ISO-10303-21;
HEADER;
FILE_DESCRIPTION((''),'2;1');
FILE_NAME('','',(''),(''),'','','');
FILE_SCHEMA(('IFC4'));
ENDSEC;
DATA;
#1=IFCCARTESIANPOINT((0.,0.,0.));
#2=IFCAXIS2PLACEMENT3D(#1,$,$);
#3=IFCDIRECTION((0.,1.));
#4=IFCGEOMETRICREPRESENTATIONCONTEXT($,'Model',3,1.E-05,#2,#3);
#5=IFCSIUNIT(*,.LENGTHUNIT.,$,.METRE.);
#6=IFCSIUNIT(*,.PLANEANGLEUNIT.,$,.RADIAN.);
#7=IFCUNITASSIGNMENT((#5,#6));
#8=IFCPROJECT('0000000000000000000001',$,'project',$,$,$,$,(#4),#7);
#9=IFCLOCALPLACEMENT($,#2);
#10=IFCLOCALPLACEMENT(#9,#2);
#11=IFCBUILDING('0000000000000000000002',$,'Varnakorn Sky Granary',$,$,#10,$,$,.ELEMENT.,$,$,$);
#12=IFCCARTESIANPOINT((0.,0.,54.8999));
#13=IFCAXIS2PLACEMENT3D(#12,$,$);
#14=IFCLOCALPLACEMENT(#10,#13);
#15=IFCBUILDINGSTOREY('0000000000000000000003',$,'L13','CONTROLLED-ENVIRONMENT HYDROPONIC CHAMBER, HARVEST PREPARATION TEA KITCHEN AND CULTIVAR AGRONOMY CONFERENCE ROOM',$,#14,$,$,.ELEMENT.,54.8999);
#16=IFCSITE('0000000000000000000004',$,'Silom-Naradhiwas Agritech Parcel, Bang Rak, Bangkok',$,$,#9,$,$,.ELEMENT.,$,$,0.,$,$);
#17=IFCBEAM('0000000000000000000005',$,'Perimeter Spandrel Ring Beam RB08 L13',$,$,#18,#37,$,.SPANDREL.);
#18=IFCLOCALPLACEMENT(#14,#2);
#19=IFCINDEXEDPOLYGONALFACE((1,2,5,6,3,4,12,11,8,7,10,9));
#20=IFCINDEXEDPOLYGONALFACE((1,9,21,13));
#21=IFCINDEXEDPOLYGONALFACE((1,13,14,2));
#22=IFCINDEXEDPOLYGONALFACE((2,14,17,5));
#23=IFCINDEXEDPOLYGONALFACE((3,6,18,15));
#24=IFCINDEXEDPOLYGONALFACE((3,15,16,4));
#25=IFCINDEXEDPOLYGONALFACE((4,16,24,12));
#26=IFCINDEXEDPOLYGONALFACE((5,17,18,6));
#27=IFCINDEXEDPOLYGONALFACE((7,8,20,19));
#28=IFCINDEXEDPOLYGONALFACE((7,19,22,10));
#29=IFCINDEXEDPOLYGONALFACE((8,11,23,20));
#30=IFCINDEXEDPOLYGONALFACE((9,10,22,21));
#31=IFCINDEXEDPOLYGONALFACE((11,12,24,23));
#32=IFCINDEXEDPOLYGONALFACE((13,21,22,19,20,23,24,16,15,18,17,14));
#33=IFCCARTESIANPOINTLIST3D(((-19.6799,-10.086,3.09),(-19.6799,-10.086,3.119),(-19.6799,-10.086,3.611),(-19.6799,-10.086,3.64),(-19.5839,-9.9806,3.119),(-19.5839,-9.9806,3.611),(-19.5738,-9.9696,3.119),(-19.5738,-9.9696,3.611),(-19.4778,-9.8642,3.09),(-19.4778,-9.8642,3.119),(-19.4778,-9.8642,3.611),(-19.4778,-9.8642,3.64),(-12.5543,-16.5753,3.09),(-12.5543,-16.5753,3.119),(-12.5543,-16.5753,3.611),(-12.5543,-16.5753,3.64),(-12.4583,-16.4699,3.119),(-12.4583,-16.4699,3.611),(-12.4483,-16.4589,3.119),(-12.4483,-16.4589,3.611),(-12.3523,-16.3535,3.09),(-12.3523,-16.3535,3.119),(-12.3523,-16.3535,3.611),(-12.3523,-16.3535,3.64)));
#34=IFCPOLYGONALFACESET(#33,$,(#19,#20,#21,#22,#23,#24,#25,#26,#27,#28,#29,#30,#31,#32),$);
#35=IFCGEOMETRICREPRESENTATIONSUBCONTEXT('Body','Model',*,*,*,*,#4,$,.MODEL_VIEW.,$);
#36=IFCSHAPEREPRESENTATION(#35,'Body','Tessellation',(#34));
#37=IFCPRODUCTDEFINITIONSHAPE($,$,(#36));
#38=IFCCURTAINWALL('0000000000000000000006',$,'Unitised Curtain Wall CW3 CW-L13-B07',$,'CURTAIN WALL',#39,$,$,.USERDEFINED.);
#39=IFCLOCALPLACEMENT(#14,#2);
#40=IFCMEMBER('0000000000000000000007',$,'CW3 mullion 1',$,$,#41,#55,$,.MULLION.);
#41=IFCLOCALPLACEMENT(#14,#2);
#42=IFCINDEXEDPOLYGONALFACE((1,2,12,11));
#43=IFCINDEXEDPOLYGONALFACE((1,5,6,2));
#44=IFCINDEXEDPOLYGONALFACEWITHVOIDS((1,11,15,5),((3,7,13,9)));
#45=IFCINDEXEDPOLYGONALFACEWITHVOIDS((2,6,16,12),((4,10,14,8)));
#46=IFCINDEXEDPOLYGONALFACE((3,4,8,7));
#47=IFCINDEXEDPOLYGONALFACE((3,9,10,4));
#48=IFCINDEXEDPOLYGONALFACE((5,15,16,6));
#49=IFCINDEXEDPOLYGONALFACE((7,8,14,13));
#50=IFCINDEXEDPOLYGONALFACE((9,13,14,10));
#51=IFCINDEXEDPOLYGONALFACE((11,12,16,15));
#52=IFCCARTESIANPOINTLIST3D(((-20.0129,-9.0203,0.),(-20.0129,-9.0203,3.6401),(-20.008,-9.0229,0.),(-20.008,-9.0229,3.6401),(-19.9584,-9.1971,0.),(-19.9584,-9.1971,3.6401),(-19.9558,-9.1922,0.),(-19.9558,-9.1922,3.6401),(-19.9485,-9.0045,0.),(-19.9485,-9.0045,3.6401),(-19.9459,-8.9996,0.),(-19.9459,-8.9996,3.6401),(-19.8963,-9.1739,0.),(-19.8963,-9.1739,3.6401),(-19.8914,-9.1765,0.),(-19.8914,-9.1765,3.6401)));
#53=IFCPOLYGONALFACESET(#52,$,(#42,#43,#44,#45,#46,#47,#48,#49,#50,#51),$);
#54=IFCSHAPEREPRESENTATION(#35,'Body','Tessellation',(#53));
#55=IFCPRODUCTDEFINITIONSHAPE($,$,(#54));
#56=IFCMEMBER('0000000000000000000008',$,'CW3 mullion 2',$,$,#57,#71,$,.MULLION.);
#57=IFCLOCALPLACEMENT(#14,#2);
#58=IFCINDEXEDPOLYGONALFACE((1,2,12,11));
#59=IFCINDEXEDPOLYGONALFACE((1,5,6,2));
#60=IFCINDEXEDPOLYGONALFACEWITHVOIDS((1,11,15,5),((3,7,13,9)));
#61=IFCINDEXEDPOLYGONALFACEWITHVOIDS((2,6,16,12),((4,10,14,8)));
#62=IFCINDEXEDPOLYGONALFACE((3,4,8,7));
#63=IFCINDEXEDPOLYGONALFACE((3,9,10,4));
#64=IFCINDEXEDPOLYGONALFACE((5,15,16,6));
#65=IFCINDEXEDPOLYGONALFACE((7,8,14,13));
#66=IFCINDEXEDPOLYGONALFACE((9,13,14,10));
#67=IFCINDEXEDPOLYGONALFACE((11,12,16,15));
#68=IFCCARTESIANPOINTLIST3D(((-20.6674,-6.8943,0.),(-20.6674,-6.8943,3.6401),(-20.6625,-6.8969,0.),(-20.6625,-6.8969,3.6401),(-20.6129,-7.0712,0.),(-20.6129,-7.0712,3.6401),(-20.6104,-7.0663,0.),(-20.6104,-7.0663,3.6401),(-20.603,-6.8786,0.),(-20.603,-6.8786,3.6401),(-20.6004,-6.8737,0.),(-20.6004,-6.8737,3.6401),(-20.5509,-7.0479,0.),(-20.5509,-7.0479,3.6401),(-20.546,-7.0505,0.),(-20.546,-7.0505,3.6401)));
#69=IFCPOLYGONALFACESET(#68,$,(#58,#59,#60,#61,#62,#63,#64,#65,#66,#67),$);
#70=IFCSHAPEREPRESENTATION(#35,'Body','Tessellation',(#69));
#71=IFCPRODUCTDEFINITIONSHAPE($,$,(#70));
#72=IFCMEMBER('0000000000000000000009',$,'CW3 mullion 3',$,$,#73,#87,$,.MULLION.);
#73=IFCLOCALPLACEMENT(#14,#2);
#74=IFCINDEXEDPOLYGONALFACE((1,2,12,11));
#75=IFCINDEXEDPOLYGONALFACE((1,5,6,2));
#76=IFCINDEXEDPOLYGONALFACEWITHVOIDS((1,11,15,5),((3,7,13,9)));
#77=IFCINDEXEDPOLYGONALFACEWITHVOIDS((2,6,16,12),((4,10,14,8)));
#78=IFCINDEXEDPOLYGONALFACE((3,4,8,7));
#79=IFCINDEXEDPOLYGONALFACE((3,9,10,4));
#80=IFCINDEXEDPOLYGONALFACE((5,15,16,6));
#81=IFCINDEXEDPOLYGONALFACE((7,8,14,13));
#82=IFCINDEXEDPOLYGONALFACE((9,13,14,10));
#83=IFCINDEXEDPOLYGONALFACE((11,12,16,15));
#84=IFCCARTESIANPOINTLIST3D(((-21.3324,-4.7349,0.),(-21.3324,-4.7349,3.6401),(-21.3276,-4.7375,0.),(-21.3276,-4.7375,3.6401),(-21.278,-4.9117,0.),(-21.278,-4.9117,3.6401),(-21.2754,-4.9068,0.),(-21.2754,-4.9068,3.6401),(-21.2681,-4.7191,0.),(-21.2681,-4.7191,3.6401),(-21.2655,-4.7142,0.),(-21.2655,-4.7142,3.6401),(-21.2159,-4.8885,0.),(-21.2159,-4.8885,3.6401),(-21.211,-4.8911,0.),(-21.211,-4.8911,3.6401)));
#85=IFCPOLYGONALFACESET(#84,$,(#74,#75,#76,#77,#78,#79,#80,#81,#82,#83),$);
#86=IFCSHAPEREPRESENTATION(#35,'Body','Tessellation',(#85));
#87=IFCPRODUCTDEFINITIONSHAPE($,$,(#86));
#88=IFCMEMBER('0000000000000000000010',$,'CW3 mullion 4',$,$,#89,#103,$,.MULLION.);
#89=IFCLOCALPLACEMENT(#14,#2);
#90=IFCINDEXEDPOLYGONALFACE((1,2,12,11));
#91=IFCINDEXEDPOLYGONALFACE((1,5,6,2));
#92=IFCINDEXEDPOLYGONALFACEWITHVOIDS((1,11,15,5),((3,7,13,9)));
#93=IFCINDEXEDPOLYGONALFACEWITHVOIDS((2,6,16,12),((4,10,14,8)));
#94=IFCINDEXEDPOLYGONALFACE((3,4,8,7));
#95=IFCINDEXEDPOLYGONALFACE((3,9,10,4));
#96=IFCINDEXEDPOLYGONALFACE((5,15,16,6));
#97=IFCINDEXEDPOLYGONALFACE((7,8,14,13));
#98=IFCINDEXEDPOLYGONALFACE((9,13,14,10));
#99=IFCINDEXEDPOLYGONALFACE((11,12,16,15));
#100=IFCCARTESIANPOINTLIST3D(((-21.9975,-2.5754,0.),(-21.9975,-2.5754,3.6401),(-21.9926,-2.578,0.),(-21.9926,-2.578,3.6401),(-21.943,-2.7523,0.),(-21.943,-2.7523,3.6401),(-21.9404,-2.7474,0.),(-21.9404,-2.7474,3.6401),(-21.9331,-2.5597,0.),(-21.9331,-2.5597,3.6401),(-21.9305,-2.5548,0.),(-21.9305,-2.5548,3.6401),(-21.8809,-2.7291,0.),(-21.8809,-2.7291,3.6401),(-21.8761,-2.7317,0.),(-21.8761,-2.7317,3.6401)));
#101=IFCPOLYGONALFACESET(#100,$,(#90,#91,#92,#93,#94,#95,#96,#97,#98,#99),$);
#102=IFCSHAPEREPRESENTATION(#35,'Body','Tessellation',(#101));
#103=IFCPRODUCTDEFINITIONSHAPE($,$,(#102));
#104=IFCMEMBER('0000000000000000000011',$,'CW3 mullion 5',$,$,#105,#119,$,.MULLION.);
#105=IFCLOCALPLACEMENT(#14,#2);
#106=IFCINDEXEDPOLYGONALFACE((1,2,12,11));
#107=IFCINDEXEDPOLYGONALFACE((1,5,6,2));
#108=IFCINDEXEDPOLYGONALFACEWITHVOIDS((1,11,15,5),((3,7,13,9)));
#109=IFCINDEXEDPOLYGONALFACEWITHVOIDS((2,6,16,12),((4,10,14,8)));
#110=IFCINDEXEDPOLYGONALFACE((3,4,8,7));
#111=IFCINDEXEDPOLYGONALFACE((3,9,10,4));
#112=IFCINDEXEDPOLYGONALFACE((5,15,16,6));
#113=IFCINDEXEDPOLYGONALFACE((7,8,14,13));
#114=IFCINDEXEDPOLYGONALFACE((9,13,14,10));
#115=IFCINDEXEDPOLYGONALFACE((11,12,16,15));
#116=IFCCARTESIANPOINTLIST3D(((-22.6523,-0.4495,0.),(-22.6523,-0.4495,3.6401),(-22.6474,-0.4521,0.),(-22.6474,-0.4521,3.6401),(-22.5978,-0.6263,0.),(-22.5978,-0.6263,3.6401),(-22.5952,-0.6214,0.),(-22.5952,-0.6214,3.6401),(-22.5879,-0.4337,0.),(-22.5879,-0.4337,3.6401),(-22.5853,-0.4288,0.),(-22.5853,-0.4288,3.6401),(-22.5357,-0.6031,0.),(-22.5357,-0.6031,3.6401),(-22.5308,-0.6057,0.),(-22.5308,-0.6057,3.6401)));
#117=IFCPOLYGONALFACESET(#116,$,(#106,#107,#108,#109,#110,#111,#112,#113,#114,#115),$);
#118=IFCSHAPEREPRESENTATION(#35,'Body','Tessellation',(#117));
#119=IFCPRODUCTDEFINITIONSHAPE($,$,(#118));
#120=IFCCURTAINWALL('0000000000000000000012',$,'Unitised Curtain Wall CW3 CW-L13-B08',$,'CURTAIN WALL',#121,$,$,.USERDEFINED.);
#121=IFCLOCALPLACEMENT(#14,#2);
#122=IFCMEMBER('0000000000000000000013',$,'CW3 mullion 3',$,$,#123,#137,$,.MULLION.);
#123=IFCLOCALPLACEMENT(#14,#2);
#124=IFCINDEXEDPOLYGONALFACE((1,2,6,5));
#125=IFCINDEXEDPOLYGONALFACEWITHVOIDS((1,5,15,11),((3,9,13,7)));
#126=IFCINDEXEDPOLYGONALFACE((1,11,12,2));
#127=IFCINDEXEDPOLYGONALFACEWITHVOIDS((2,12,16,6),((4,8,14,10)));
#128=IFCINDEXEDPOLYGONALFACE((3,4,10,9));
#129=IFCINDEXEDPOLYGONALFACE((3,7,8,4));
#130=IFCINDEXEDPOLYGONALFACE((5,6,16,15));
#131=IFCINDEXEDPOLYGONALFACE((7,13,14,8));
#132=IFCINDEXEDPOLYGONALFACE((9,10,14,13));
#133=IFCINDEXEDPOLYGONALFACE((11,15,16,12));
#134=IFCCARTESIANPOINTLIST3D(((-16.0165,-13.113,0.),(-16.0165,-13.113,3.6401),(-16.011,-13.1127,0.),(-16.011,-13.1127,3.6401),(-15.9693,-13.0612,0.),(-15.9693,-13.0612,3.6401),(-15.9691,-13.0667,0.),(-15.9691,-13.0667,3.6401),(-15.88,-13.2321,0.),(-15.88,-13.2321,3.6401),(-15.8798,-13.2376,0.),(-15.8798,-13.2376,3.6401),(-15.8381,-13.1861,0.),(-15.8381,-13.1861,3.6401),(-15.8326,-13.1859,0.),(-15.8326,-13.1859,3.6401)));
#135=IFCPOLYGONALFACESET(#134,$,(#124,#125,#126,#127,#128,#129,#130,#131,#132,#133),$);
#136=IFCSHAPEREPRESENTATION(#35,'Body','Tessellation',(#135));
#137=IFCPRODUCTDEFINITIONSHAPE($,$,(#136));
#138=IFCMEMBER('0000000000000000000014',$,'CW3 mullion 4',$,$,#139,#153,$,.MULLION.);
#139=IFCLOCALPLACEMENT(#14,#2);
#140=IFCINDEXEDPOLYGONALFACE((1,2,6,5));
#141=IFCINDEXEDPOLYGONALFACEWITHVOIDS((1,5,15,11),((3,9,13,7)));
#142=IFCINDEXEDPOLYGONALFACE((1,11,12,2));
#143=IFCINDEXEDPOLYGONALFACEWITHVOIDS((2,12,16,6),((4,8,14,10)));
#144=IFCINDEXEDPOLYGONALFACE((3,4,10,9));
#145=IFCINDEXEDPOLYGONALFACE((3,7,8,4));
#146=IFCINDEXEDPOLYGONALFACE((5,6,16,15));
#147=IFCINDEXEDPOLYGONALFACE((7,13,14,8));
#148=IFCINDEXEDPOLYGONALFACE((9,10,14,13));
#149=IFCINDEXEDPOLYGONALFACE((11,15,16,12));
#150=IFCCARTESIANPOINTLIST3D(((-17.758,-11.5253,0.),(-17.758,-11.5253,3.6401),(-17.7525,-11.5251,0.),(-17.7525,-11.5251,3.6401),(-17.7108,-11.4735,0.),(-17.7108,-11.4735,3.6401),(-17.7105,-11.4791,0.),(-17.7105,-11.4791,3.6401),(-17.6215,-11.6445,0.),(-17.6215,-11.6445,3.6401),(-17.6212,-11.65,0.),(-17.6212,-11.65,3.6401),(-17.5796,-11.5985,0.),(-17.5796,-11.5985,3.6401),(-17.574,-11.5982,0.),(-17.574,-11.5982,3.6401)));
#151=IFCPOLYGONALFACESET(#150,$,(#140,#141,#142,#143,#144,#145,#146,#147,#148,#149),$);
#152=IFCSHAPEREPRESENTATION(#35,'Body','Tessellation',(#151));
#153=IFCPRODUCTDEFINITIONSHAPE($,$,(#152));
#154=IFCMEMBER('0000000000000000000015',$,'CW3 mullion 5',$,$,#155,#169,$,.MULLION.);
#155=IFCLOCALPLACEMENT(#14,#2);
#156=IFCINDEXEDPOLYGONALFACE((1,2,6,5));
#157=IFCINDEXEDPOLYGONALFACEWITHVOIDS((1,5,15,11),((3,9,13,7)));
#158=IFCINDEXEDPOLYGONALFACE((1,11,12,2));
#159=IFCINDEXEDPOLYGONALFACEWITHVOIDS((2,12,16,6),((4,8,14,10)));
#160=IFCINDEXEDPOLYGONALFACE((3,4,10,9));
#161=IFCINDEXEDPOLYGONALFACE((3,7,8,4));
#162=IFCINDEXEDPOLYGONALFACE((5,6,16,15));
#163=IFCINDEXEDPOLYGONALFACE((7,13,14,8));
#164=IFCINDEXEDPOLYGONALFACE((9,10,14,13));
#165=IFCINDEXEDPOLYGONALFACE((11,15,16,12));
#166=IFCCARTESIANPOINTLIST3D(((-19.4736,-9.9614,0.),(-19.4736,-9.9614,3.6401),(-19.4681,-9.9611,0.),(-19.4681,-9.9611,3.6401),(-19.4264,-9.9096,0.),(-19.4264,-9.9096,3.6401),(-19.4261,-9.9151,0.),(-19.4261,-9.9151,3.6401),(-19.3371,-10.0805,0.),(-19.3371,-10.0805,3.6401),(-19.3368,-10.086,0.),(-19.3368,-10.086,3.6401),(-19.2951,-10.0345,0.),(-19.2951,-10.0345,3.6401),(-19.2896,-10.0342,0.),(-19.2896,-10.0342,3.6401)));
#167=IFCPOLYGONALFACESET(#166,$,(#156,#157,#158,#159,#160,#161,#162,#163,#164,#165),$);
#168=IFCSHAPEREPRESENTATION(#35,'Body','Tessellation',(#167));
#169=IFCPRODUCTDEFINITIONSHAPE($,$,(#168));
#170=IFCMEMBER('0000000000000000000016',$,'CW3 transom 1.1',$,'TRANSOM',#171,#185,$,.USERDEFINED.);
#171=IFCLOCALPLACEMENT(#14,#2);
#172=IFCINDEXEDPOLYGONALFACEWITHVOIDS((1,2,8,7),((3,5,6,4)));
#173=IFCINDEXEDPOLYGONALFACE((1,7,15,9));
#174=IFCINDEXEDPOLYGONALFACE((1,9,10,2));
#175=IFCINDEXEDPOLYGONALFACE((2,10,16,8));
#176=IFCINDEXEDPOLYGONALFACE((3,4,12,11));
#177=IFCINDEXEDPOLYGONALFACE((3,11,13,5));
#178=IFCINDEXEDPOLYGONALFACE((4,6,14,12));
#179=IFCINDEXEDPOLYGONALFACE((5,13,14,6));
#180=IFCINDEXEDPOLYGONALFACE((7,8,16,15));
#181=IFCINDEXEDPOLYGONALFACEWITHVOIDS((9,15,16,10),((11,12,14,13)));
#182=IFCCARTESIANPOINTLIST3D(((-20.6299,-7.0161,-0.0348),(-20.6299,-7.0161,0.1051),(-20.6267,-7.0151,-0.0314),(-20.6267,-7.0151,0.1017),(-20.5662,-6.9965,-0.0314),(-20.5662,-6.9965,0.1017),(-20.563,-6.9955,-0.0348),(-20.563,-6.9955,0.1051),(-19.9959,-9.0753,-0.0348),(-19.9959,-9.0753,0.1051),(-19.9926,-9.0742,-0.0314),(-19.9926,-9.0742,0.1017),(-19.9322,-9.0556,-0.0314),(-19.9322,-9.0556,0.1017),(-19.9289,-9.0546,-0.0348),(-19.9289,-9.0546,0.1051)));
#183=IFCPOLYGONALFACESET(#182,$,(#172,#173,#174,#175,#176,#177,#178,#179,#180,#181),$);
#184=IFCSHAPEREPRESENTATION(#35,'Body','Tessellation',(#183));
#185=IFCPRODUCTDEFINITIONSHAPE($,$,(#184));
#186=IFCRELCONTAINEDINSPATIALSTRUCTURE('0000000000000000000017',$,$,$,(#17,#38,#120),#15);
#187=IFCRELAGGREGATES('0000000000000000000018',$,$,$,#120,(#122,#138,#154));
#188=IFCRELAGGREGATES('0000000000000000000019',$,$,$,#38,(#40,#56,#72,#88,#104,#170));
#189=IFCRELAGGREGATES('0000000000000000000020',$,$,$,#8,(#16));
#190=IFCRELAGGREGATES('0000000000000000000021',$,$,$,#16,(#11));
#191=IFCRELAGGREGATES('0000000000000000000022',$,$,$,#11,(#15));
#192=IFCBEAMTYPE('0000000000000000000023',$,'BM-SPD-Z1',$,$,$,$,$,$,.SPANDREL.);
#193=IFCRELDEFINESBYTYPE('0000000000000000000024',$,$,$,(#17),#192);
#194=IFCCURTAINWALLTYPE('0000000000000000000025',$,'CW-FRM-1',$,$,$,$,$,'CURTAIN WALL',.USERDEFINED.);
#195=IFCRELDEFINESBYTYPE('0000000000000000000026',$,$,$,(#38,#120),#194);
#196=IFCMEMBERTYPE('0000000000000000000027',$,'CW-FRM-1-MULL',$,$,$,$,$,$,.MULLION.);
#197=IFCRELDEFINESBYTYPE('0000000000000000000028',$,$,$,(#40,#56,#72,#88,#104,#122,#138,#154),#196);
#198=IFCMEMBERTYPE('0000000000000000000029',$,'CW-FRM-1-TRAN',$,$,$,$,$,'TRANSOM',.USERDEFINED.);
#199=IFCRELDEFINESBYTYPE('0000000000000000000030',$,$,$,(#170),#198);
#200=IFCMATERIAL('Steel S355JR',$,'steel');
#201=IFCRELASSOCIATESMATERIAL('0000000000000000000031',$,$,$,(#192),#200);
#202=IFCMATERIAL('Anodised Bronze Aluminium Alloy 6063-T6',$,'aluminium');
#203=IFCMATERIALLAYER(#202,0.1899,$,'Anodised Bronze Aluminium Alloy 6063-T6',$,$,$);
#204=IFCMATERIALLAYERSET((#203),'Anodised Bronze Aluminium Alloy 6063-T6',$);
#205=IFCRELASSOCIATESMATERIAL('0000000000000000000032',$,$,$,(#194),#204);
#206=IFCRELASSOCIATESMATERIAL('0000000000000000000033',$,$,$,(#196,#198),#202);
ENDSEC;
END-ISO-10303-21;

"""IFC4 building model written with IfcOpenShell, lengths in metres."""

from ifc_helpers import new_model, si_unit, direction, frame, origin, origin_2d, place, context, subcontext, project, spatial, hollow_rectangle, i_section, extrude, material, layer, layer_set, material_profile, profile_set, type_object, element, aggregate, save


model = new_model("IFC4")

# Units and contexts
model_context = context("Model", 3, precision=1e-05, world=origin(), true_north=direction((0.0, 1.0)))
body_context = subcontext(model_context, "Body", "Model", "MODEL_VIEW")
ifc_project = project(units=[si_unit("LENGTHUNIT", "METRE"), si_unit("PLANEANGLEUNIT", "RADIAN")], contexts=[model_context])

# Site, building, storey
site_placement = place(None, origin())
site = spatial("IfcSite", under=ifc_project, at=site_placement, Name="Silom-Naradhiwas Agritech Parcel, Bang Rak, Bangkok", CompositionType="ELEMENT", RefElevation=0.0)
building_placement = place(site_placement, origin())
building = spatial("IfcBuilding", under=site, at=building_placement, Name="Varnakorn Sky Granary", CompositionType="ELEMENT")
storey_placement = place(building_placement, frame((0.0, 0.0, 54.8999)))
storey = spatial("IfcBuildingStorey", under=building, at=storey_placement, Name="L13", Description="CONTROLLED-ENVIRONMENT HYDROPONIC CHAMBER, HARVEST PREPARATION TEA KITCHEN AND CULTIVAR AGRONOMY CONFERENCE ROOM", CompositionType="ELEMENT", Elevation=54.8999)

# Beam
ifc_material_1 = material(Name="Steel S355JR", Category="steel")
ifc_material_profile_1 = material_profile(ifc_material_1, i_section(OverallWidth=0.3, OverallDepth=0.55, WebThickness=0.0149, FlangeThickness=0.0291, at=origin_2d()), Name="HE 550 B")
ifc_profile_set_1 = profile_set([ifc_material_profile_1], Name="Steel S355JR")
beam_type = type_object("IfcBeamType", Name="BM-SPD-Z1", PredefinedType="SPANDREL", material=ifc_profile_set_1)
beam_1_placement = place(storey_placement, frame((-19.5789, -9.9751, 3.365), z_axis=(0.739344, -0.673328, 0.0), x_axis=(0.673328, 0.739344, 0.0)))
element("IfcBeam", 1, at=beam_1_placement, inside=storey, type_object=beam_type, Name="Perimeter Spandrel Ring Beam RB08 L13", PredefinedType="SPANDREL", context=body_context, shape_type="SweptSolid", body=[
    extrude(i_section(OverallWidth=0.3, OverallDepth=0.55, WebThickness=0.0149, FlangeThickness=0.0291, at=origin_2d()), origin(), (0.0, 0.0, 1.0), 9.6377),
])

# Curtain walls, members
ifc_material_2 = material(Name="Anodised Bronze Aluminium Alloy 6063-T6", Category="aluminium")
ifc_layer_1 = layer(ifc_material_2, 0.1899, Name="Anodised Bronze Aluminium Alloy 6063-T6")
ifc_layer_set_1 = layer_set([ifc_layer_1], Name="Anodised Bronze Aluminium Alloy 6063-T6")
curtain_wall_type = type_object("IfcCurtainWallType", Name="CW-FRM-1", ElementType="CURTAIN WALL", PredefinedType="USERDEFINED", material=ifc_layer_set_1)
curtain_wall_1_placement = place(storey_placement, origin())
curtain_wall_1 = element("IfcCurtainWall", 2, at=curtain_wall_1_placement, inside=storey, type_object=curtain_wall_type, Name="Unitised Curtain Wall CW3 CW-L13-B07", ObjectType="CURTAIN WALL", PredefinedType="USERDEFINED")
ifc_material_profile_2 = material_profile(ifc_material_2, hollow_rectangle(XDim=0.0701, YDim=0.1851, WallThickness=0.0039, at=origin_2d()), Name="ALU MULL 70x185")
ifc_profile_set_2 = profile_set([ifc_material_profile_2], Name="Anodised Bronze Aluminium Alloy 6063-T6")
member_type_1 = type_object("IfcMemberType", Name="CW-FRM-1-MULL", PredefinedType="MULLION", material=ifc_profile_set_2)
member_1_placement = place(storey_placement, frame((-19.9521, -9.0984, 0.0), z_axis=(0.0, 0.0, 1.0), x_axis=(-0.95571, -0.29431, 0.0)))
member_1 = element("IfcMember", 3, at=member_1_placement, type_object=member_type_1, Name="CW3 mullion 1", PredefinedType="MULLION", context=body_context, shape_type="SweptSolid", body=[
    extrude(hollow_rectangle(XDim=0.0701, YDim=0.1851, WallThickness=0.0039, at=origin_2d()), origin(), (0.0, 0.0, 1.0), 3.6401),
])
member_2_placement = place(storey_placement, frame((-20.6067, -6.9724, 0.0), z_axis=(0.0, 0.0, 1.0), x_axis=(-0.95571, -0.29431, 0.0)))
member_2 = element("IfcMember", 4, at=member_2_placement, type_object=member_type_1, Name="CW3 mullion 2", PredefinedType="MULLION", context=body_context, shape_type="SweptSolid", body=[
    extrude(hollow_rectangle(XDim=0.0701, YDim=0.1851, WallThickness=0.0039, at=origin_2d()), origin(), (0.0, 0.0, 1.0), 3.6401),
])
member_3_placement = place(storey_placement, frame((-21.2717, -4.813, 0.0), z_axis=(0.0, 0.0, 1.0), x_axis=(-0.95571, -0.29431, 0.0)))
member_3 = element("IfcMember", 5, at=member_3_placement, type_object=member_type_1, Name="CW3 mullion 3", PredefinedType="MULLION", context=body_context, shape_type="SweptSolid", body=[
    extrude(hollow_rectangle(XDim=0.0701, YDim=0.1851, WallThickness=0.0039, at=origin_2d()), origin(), (0.0, 0.0, 1.0), 3.6401),
])
member_4_placement = place(storey_placement, frame((-21.9368, -2.6536, 0.0), z_axis=(0.0, 0.0, 1.0), x_axis=(-0.95571, -0.29431, 0.0)))
member_4 = element("IfcMember", 6, at=member_4_placement, type_object=member_type_1, Name="CW3 mullion 4", PredefinedType="MULLION", context=body_context, shape_type="SweptSolid", body=[
    extrude(hollow_rectangle(XDim=0.0701, YDim=0.1851, WallThickness=0.0039, at=origin_2d()), origin(), (0.0, 0.0, 1.0), 3.6401),
])
member_5_placement = place(storey_placement, frame((-22.5916, -0.5276, 0.0), z_axis=(0.0, 0.0, 1.0), x_axis=(-0.95571, -0.29431, 0.0)))
member_5 = element("IfcMember", 7, at=member_5_placement, type_object=member_type_1, Name="CW3 mullion 5", PredefinedType="MULLION", context=body_context, shape_type="SweptSolid", body=[
    extrude(hollow_rectangle(XDim=0.0701, YDim=0.1851, WallThickness=0.0039, at=origin_2d()), origin(), (0.0, 0.0, 1.0), 3.6401),
])
curtain_wall_2_placement = place(storey_placement, origin())
curtain_wall_2 = element("IfcCurtainWall", 8, at=curtain_wall_2_placement, inside=storey, type_object=curtain_wall_type, Name="Unitised Curtain Wall CW3 CW-L13-B08", ObjectType="CURTAIN WALL", PredefinedType="USERDEFINED")
member_6_placement = place(storey_placement, frame((-15.9246, -13.1494, 0.0), z_axis=(0.0, 0.0, 1.0), x_axis=(-0.673687, -0.739017, 0.0)))
member_6 = element("IfcMember", 9, at=member_6_placement, type_object=member_type_1, Name="CW3 mullion 3", PredefinedType="MULLION", context=body_context, shape_type="SweptSolid", body=[
    extrude(hollow_rectangle(XDim=0.0701, YDim=0.1851, WallThickness=0.0039, at=origin_2d()), origin(), (0.0, 0.0, 1.0), 3.6401),
])
member_7_placement = place(storey_placement, frame((-17.666, -11.5618, 0.0), z_axis=(0.0, 0.0, 1.0), x_axis=(-0.673687, -0.739017, 0.0)))
member_7 = element("IfcMember", 10, at=member_7_placement, type_object=member_type_1, Name="CW3 mullion 4", PredefinedType="MULLION", context=body_context, shape_type="SweptSolid", body=[
    extrude(hollow_rectangle(XDim=0.0701, YDim=0.1851, WallThickness=0.0039, at=origin_2d()), origin(), (0.0, 0.0, 1.0), 3.6401),
])
member_8_placement = place(storey_placement, frame((-19.3816, -9.9978, 0.0), z_axis=(0.0, 0.0, 1.0), x_axis=(-0.673687, -0.739017, 0.0)))
member_8 = element("IfcMember", 11, at=member_8_placement, type_object=member_type_1, Name="CW3 mullion 5", PredefinedType="MULLION", context=body_context, shape_type="SweptSolid", body=[
    extrude(hollow_rectangle(XDim=0.0701, YDim=0.1851, WallThickness=0.0039, at=origin_2d()), origin(), (0.0, 0.0, 1.0), 3.6401),
])

# Member
ifc_material_profile_3 = material_profile(ifc_material_2, hollow_rectangle(XDim=0.0701, YDim=0.1399, WallThickness=0.0034, at=origin_2d()), Name="ALU TRAN 70x140")
ifc_profile_set_3 = profile_set([ifc_material_profile_3], Name="Anodised Bronze Aluminium Alloy 6063-T6")
member_type_2 = type_object("IfcMemberType", Name="CW-FRM-1-TRAN", ElementType="TRANSOM", PredefinedType="USERDEFINED", material=ifc_profile_set_3)
member_9_placement = place(storey_placement, frame((-19.9624, -9.0649, 0.0352), z_axis=(-0.294285, 0.955718, 0.0), x_axis=(-0.955718, -0.294285, 0.0)))
member_9 = element("IfcMember", 12, at=member_9_placement, type_object=member_type_2, Name="CW3 transom 1.1", ObjectType="TRANSOM", PredefinedType="USERDEFINED", context=body_context, shape_type="SweptSolid", body=[
    extrude(hollow_rectangle(XDim=0.0701, YDim=0.1399, WallThickness=0.0034, at=origin_2d()), origin(), (0.0, 0.0, 1.0), 2.1545),
])

aggregate(curtain_wall_2, [member_6, member_7, member_8])
aggregate(curtain_wall_1, [member_1, member_2, member_3, member_4, member_5, member_9])

save(model, "model.ifc")
